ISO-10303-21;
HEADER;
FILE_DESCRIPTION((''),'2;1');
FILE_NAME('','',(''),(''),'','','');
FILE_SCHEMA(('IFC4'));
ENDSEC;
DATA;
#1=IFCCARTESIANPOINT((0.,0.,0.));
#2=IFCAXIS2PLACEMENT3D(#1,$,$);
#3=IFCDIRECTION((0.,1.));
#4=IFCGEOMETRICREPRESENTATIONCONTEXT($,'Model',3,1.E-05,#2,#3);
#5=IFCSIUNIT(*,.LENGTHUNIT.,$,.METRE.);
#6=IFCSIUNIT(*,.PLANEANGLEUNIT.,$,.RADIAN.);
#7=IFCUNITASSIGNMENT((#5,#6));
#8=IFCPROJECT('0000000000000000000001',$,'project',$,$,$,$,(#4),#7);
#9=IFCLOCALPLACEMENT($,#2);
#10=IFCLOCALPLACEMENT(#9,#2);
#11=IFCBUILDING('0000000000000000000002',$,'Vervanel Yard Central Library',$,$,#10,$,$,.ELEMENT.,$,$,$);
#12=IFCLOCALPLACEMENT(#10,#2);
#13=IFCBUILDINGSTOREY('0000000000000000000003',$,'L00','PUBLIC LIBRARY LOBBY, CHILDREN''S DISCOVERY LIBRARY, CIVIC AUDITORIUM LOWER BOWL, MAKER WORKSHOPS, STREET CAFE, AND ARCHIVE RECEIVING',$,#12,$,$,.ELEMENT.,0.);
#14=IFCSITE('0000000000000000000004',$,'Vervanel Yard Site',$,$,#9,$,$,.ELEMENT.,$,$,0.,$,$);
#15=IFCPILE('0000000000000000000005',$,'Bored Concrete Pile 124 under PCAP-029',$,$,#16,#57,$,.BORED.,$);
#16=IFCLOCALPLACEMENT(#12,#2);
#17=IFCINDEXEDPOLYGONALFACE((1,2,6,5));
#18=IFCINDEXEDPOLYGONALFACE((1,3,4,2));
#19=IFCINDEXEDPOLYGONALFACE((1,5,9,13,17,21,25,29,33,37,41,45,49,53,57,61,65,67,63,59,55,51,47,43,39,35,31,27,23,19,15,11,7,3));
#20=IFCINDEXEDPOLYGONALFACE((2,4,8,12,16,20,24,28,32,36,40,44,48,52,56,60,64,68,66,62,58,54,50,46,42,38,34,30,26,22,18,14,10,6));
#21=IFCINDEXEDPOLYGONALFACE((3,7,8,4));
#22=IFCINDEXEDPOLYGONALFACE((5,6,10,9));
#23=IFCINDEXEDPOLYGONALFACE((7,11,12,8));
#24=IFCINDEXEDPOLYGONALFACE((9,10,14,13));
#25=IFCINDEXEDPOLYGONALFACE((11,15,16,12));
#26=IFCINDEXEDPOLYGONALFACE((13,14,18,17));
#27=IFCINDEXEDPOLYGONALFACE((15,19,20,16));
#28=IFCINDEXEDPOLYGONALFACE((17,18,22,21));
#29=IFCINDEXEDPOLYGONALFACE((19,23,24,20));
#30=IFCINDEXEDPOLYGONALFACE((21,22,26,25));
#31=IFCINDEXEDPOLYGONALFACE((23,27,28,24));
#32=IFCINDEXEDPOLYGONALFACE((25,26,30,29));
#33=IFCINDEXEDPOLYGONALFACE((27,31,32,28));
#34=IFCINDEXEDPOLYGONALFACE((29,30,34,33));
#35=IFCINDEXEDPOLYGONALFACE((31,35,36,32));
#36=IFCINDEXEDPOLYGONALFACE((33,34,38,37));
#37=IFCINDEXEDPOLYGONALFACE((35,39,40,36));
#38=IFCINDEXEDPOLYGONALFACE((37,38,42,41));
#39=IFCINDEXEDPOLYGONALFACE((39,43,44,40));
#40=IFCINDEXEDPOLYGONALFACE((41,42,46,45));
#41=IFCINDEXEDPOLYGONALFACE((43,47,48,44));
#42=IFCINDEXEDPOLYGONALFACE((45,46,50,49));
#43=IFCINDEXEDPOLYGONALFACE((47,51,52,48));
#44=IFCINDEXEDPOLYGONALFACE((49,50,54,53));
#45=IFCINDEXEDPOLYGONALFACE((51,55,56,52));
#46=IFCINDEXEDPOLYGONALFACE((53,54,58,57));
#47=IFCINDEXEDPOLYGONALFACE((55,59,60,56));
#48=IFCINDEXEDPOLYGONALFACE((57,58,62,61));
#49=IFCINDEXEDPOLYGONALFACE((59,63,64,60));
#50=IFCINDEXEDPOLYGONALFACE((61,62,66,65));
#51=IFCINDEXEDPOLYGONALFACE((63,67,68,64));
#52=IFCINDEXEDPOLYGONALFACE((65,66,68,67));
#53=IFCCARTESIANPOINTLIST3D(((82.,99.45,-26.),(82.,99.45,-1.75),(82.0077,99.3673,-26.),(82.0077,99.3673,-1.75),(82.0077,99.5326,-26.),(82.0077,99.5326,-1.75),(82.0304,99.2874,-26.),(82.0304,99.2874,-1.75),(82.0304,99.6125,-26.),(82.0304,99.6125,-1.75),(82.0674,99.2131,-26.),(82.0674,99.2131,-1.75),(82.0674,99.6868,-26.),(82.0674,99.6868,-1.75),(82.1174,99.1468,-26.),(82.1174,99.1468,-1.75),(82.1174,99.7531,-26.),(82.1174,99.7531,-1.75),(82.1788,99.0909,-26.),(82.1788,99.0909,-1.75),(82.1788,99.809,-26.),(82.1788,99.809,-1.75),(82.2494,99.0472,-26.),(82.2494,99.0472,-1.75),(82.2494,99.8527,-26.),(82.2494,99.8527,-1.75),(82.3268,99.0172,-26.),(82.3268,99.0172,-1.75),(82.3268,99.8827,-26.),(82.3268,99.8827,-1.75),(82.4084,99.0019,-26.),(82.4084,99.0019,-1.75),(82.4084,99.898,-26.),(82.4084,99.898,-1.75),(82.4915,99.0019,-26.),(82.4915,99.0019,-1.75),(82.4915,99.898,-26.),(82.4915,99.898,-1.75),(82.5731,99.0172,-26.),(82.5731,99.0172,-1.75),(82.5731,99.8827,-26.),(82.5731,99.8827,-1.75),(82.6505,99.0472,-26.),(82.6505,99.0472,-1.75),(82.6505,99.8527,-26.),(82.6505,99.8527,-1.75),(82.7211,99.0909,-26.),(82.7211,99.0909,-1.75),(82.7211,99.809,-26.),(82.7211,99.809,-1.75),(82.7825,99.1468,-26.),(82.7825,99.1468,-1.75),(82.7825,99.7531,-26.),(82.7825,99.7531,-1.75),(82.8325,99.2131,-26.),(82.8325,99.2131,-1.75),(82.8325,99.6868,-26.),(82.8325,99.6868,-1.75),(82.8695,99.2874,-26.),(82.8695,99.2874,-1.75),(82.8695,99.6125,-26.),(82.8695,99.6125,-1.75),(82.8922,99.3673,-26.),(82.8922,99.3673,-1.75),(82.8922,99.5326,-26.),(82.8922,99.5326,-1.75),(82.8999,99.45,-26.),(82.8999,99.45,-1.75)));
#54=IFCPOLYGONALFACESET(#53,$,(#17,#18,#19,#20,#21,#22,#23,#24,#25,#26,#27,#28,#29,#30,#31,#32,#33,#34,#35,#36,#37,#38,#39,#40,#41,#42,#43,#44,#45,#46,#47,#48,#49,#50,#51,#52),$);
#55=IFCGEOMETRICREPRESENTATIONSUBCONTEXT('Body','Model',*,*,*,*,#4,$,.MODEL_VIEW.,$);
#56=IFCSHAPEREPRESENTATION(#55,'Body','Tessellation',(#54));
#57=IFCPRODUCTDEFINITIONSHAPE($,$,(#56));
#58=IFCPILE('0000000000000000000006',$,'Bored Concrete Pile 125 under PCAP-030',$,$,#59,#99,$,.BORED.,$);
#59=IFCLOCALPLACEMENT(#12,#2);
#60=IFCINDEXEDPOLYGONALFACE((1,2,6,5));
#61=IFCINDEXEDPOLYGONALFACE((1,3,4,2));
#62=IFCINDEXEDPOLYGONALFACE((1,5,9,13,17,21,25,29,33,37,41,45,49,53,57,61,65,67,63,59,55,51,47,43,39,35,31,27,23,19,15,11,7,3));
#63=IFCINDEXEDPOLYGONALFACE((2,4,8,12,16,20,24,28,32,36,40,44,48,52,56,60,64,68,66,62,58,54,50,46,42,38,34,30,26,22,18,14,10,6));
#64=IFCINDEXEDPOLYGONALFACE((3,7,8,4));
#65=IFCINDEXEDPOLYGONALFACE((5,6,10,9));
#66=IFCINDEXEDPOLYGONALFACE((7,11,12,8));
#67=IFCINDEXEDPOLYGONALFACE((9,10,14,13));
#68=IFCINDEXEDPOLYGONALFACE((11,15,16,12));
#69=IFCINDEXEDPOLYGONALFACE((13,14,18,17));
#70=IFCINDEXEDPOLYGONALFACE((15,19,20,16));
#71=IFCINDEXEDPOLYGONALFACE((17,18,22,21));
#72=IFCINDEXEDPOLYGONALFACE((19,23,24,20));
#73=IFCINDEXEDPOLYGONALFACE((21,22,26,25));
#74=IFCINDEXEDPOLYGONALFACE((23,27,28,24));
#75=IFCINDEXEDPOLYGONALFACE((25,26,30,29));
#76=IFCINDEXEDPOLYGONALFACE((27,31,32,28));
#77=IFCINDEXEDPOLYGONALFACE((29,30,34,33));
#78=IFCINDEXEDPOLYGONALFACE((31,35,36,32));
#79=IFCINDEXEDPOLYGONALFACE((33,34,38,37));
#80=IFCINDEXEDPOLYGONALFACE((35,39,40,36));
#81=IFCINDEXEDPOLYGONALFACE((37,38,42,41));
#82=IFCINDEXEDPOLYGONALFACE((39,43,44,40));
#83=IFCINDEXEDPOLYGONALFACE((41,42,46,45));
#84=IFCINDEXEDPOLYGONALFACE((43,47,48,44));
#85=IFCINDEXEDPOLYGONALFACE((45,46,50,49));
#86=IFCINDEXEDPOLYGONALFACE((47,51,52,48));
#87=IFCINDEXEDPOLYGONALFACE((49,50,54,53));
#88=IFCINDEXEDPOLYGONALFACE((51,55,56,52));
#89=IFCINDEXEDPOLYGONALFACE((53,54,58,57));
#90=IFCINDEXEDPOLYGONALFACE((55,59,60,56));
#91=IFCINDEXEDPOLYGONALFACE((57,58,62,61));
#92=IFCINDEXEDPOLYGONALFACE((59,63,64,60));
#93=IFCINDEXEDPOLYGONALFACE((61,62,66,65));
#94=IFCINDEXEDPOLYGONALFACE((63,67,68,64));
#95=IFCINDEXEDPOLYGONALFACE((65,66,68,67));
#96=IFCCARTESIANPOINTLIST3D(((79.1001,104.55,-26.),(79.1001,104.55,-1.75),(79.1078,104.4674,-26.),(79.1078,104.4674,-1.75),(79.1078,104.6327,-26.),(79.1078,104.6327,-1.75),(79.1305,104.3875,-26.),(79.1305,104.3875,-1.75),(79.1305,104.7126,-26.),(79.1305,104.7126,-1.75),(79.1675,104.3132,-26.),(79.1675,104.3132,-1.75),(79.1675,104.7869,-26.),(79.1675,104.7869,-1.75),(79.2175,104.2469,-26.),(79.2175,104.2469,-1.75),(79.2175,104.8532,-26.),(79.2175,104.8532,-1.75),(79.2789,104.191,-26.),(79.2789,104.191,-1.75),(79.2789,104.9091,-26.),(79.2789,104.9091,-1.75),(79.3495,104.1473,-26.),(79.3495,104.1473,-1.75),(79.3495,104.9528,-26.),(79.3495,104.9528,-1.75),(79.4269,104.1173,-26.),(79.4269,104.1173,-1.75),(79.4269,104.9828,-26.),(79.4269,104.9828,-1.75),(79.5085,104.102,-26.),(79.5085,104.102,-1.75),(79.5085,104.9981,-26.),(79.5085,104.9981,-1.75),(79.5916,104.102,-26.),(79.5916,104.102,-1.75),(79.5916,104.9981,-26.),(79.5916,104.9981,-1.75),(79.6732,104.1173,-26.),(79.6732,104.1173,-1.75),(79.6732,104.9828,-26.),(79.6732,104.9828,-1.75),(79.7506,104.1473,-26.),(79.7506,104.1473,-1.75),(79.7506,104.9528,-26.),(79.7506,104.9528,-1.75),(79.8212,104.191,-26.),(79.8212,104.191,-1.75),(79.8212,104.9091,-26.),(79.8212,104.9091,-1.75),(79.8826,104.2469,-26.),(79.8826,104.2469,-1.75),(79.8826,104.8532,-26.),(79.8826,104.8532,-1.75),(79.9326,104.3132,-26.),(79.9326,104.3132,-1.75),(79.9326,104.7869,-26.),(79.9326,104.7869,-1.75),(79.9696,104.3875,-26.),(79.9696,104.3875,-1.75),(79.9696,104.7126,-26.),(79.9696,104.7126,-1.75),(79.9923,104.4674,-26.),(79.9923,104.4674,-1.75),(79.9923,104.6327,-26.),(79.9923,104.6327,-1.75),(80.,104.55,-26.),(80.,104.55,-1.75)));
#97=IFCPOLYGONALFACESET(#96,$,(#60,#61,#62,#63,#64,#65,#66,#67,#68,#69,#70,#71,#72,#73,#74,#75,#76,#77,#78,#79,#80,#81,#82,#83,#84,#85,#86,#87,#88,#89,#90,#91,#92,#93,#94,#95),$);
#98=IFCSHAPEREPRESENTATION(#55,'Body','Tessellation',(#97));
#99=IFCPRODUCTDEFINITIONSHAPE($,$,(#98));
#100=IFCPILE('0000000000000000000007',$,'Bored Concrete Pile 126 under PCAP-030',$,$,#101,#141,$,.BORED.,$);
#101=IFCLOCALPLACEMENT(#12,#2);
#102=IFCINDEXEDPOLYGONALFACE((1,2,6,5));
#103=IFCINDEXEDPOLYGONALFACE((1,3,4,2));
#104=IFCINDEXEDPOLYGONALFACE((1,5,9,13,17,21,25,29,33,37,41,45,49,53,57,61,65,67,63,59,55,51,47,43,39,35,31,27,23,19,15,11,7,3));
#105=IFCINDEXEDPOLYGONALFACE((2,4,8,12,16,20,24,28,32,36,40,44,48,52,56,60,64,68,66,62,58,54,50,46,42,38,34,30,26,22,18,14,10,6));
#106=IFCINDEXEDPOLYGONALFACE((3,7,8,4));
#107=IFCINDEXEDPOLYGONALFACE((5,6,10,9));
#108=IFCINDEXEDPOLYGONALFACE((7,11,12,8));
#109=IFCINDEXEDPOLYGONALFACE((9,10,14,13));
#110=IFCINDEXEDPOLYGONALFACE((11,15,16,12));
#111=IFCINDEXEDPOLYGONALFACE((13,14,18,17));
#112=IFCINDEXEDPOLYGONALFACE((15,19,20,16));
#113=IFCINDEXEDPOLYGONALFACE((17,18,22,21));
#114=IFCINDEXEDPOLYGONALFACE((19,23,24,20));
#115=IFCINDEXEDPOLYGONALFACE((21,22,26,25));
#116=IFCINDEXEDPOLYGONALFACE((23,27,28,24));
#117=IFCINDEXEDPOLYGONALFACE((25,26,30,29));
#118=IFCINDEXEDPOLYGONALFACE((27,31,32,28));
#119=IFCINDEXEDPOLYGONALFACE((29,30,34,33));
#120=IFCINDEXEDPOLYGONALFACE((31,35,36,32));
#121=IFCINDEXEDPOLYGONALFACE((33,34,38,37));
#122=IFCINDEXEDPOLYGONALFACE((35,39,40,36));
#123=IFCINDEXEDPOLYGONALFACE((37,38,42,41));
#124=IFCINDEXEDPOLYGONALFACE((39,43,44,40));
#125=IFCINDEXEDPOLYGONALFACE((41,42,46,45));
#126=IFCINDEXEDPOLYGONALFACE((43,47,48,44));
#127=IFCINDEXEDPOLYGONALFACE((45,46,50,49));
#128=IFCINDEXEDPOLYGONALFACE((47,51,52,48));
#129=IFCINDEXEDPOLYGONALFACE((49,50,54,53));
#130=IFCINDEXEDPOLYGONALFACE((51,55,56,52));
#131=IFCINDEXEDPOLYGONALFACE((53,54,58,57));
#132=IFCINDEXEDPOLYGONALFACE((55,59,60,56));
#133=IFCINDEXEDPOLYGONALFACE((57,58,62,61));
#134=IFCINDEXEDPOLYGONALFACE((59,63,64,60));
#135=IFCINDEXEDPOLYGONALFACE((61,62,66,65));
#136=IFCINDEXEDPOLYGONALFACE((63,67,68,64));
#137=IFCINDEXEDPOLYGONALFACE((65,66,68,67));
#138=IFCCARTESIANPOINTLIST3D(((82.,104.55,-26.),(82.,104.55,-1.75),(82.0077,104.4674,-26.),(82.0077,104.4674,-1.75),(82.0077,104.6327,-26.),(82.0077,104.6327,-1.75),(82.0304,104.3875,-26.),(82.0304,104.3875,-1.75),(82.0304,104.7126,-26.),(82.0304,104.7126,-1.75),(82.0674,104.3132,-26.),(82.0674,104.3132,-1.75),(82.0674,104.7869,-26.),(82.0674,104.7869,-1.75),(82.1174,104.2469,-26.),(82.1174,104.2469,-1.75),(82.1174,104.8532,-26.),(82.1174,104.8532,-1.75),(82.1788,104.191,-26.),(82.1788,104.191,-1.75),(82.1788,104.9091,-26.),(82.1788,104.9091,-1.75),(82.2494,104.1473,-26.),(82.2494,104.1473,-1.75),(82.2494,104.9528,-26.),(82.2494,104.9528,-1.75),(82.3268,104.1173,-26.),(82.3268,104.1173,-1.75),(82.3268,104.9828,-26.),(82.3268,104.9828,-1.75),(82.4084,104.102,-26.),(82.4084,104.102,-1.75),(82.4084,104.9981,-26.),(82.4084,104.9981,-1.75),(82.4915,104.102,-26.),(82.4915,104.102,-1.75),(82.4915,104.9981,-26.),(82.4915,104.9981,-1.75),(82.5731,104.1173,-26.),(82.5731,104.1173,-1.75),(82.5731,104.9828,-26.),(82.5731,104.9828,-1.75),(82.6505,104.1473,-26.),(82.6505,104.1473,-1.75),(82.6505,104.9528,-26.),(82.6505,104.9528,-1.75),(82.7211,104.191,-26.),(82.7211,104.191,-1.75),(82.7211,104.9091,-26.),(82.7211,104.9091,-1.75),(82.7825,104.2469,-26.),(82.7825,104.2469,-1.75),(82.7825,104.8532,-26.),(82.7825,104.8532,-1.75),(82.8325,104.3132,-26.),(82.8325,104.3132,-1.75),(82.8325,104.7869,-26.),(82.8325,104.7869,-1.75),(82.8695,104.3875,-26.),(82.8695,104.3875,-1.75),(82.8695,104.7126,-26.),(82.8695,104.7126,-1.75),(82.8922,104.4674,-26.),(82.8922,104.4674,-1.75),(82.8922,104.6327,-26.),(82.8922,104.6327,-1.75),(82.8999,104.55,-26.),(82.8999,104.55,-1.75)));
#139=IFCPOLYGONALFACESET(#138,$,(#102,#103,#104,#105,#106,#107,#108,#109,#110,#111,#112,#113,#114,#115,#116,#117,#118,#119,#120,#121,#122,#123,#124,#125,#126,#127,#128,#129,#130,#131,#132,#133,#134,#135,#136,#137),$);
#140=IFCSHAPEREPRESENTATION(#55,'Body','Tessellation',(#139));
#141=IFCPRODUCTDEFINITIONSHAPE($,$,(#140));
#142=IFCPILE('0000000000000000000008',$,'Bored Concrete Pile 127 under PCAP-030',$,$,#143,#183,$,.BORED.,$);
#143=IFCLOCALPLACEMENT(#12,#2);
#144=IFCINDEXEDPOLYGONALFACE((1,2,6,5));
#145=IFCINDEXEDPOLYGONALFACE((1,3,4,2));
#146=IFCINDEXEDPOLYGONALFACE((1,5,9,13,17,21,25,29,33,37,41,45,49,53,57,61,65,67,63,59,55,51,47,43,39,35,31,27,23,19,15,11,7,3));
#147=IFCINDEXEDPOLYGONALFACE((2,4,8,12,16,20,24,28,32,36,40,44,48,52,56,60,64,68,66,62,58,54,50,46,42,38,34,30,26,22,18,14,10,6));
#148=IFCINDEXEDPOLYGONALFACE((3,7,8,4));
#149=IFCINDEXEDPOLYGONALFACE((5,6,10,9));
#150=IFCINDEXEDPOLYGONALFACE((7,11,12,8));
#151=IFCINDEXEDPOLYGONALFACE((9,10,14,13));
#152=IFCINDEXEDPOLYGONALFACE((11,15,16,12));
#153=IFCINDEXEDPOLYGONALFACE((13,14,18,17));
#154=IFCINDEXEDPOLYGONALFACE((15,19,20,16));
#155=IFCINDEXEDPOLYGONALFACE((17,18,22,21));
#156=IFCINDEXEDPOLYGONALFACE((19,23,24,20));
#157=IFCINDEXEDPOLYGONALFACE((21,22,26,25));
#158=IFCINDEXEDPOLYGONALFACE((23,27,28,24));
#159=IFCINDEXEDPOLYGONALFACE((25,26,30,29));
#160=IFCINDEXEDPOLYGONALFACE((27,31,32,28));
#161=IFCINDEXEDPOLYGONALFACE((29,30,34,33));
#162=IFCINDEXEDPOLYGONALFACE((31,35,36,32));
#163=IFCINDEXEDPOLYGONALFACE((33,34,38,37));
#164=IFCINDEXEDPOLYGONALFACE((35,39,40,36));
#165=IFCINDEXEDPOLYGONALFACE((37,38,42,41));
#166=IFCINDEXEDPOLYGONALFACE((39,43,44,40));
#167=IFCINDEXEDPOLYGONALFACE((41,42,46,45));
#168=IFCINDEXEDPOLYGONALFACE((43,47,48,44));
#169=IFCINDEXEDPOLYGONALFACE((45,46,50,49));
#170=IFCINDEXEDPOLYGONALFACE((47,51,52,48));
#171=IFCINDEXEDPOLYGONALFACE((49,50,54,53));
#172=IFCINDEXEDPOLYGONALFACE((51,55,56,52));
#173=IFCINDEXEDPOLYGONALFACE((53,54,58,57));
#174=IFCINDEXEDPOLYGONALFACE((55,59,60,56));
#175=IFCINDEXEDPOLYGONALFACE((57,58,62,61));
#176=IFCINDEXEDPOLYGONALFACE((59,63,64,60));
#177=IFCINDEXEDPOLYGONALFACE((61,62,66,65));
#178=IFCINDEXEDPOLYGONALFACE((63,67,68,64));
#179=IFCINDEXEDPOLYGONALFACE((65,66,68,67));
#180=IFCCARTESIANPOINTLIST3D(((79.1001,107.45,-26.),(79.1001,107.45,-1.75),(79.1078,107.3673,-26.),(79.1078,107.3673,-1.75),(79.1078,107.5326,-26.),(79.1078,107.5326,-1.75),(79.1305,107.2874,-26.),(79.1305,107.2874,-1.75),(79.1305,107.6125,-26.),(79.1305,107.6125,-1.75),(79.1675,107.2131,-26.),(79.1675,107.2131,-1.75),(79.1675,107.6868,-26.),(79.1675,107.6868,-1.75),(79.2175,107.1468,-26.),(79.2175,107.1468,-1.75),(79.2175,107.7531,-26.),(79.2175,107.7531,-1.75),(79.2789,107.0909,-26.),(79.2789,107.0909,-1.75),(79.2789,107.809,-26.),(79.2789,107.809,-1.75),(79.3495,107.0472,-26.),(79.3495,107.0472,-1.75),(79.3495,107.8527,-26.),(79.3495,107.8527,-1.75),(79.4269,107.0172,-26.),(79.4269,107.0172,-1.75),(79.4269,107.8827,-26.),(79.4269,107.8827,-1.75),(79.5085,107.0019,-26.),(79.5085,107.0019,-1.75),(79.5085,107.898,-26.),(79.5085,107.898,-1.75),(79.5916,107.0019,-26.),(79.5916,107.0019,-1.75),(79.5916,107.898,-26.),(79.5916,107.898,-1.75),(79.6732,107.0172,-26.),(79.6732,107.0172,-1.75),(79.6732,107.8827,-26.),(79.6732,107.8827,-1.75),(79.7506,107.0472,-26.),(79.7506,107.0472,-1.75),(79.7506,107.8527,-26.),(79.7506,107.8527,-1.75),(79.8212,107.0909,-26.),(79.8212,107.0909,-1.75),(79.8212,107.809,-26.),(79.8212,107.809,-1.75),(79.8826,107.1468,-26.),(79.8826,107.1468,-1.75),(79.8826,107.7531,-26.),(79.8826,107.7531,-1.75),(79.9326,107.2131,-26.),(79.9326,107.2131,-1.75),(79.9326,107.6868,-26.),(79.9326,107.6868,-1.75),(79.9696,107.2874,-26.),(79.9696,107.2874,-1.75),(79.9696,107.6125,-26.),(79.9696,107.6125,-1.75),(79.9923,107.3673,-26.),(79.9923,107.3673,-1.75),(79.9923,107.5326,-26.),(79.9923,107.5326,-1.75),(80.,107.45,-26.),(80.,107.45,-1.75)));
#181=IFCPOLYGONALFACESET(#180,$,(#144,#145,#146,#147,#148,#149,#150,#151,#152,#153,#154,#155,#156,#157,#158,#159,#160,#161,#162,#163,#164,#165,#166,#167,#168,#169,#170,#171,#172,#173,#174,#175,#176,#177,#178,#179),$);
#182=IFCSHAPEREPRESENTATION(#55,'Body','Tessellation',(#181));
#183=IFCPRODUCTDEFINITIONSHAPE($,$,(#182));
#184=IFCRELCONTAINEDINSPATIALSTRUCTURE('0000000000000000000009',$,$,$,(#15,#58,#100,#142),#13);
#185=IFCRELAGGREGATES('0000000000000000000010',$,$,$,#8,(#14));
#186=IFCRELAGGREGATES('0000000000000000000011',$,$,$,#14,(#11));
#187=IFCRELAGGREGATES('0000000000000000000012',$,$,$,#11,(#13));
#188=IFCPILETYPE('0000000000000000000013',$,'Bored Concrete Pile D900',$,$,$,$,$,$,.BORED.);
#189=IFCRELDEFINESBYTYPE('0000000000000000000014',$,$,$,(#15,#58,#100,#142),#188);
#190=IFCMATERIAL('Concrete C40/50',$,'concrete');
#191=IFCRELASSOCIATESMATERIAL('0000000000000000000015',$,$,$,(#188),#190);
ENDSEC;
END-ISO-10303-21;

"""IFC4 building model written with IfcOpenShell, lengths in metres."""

from ifc_helpers import new_model, si_unit, direction, frame, origin, origin_2d, place, context, subcontext, project, spatial, circle, extrude, material, material_profile, profile_set, type_object, element, save


model = new_model("IFC4")

# Units and contexts
model_context = context("Model", 3, precision=1e-05, world=origin(), true_north=direction((0.0, 1.0)))
body_context = subcontext(model_context, "Body", "Model", "MODEL_VIEW")
ifc_project = project(units=[si_unit("LENGTHUNIT", "METRE"), si_unit("PLANEANGLEUNIT", "RADIAN")], contexts=[model_context])

# Site, building, storey
site_placement = place(None, origin())
site = spatial("IfcSite", under=ifc_project, at=site_placement, Name="Vervanel Yard Site", CompositionType="ELEMENT", RefElevation=0.0)
building_placement = place(site_placement, origin())
building = spatial("IfcBuilding", under=site, at=building_placement, Name="Vervanel Yard Central Library", CompositionType="ELEMENT")
storey_placement = place(building_placement, origin())
storey = spatial("IfcBuildingStorey", under=building, at=storey_placement, Name="L00", Description="PUBLIC LIBRARY LOBBY, CHILDREN'S DISCOVERY LIBRARY, CIVIC AUDITORIUM LOWER BOWL, MAKER WORKSHOPS, STREET CAFE, AND ARCHIVE RECEIVING", CompositionType="ELEMENT", Elevation=0.0)

# Piles
ifc_material_1 = material(Name="Concrete C40/50", Category="concrete")
ifc_material_profile_1 = material_profile(ifc_material_1, circle(Radius=0.45, at=origin_2d()), Name="BP D900", Category="concrete")
ifc_profile_set_1 = profile_set([ifc_material_profile_1], Name="Concrete C40/50")
pile_type = type_object("IfcPileType", Name="Bored Concrete Pile D900", PredefinedType="BORED", material=ifc_profile_set_1)
for number, where, z_axis, x_axis, name in (
    (1, (82.45, 99.45, -1.75), (0.0, 0.0, -1.0), (1.0, 0.0, 0.0), "Bored Concrete Pile 124 under PCAP-029"),
    (2, (79.55, 104.55, -1.75), (0.0, 0.0, -1.0), (1.0, 0.0, 0.0), "Bored Concrete Pile 125 under PCAP-030"),
    (3, (82.45, 104.55, -1.75), (0.0, 0.0, -1.0), (1.0, 0.0, 0.0), "Bored Concrete Pile 126 under PCAP-030"),
    (4, (79.55, 107.45, -1.75), (0.0, 0.0, -1.0), (1.0, 0.0, 0.0), "Bored Concrete Pile 127 under PCAP-030"),
):
    element("IfcPile", number, at=place(storey_placement, frame(where, z_axis=z_axis, x_axis=x_axis)), inside=storey, type_object=pile_type, Name=name, PredefinedType="BORED", context=body_context, shape_type="SweptSolid", body=[
        extrude(circle(Radius=0.45, at=origin_2d()), origin(), (0.0, 0.0, 1.0), 24.25),
    ])

save(model, "model.ifc")
